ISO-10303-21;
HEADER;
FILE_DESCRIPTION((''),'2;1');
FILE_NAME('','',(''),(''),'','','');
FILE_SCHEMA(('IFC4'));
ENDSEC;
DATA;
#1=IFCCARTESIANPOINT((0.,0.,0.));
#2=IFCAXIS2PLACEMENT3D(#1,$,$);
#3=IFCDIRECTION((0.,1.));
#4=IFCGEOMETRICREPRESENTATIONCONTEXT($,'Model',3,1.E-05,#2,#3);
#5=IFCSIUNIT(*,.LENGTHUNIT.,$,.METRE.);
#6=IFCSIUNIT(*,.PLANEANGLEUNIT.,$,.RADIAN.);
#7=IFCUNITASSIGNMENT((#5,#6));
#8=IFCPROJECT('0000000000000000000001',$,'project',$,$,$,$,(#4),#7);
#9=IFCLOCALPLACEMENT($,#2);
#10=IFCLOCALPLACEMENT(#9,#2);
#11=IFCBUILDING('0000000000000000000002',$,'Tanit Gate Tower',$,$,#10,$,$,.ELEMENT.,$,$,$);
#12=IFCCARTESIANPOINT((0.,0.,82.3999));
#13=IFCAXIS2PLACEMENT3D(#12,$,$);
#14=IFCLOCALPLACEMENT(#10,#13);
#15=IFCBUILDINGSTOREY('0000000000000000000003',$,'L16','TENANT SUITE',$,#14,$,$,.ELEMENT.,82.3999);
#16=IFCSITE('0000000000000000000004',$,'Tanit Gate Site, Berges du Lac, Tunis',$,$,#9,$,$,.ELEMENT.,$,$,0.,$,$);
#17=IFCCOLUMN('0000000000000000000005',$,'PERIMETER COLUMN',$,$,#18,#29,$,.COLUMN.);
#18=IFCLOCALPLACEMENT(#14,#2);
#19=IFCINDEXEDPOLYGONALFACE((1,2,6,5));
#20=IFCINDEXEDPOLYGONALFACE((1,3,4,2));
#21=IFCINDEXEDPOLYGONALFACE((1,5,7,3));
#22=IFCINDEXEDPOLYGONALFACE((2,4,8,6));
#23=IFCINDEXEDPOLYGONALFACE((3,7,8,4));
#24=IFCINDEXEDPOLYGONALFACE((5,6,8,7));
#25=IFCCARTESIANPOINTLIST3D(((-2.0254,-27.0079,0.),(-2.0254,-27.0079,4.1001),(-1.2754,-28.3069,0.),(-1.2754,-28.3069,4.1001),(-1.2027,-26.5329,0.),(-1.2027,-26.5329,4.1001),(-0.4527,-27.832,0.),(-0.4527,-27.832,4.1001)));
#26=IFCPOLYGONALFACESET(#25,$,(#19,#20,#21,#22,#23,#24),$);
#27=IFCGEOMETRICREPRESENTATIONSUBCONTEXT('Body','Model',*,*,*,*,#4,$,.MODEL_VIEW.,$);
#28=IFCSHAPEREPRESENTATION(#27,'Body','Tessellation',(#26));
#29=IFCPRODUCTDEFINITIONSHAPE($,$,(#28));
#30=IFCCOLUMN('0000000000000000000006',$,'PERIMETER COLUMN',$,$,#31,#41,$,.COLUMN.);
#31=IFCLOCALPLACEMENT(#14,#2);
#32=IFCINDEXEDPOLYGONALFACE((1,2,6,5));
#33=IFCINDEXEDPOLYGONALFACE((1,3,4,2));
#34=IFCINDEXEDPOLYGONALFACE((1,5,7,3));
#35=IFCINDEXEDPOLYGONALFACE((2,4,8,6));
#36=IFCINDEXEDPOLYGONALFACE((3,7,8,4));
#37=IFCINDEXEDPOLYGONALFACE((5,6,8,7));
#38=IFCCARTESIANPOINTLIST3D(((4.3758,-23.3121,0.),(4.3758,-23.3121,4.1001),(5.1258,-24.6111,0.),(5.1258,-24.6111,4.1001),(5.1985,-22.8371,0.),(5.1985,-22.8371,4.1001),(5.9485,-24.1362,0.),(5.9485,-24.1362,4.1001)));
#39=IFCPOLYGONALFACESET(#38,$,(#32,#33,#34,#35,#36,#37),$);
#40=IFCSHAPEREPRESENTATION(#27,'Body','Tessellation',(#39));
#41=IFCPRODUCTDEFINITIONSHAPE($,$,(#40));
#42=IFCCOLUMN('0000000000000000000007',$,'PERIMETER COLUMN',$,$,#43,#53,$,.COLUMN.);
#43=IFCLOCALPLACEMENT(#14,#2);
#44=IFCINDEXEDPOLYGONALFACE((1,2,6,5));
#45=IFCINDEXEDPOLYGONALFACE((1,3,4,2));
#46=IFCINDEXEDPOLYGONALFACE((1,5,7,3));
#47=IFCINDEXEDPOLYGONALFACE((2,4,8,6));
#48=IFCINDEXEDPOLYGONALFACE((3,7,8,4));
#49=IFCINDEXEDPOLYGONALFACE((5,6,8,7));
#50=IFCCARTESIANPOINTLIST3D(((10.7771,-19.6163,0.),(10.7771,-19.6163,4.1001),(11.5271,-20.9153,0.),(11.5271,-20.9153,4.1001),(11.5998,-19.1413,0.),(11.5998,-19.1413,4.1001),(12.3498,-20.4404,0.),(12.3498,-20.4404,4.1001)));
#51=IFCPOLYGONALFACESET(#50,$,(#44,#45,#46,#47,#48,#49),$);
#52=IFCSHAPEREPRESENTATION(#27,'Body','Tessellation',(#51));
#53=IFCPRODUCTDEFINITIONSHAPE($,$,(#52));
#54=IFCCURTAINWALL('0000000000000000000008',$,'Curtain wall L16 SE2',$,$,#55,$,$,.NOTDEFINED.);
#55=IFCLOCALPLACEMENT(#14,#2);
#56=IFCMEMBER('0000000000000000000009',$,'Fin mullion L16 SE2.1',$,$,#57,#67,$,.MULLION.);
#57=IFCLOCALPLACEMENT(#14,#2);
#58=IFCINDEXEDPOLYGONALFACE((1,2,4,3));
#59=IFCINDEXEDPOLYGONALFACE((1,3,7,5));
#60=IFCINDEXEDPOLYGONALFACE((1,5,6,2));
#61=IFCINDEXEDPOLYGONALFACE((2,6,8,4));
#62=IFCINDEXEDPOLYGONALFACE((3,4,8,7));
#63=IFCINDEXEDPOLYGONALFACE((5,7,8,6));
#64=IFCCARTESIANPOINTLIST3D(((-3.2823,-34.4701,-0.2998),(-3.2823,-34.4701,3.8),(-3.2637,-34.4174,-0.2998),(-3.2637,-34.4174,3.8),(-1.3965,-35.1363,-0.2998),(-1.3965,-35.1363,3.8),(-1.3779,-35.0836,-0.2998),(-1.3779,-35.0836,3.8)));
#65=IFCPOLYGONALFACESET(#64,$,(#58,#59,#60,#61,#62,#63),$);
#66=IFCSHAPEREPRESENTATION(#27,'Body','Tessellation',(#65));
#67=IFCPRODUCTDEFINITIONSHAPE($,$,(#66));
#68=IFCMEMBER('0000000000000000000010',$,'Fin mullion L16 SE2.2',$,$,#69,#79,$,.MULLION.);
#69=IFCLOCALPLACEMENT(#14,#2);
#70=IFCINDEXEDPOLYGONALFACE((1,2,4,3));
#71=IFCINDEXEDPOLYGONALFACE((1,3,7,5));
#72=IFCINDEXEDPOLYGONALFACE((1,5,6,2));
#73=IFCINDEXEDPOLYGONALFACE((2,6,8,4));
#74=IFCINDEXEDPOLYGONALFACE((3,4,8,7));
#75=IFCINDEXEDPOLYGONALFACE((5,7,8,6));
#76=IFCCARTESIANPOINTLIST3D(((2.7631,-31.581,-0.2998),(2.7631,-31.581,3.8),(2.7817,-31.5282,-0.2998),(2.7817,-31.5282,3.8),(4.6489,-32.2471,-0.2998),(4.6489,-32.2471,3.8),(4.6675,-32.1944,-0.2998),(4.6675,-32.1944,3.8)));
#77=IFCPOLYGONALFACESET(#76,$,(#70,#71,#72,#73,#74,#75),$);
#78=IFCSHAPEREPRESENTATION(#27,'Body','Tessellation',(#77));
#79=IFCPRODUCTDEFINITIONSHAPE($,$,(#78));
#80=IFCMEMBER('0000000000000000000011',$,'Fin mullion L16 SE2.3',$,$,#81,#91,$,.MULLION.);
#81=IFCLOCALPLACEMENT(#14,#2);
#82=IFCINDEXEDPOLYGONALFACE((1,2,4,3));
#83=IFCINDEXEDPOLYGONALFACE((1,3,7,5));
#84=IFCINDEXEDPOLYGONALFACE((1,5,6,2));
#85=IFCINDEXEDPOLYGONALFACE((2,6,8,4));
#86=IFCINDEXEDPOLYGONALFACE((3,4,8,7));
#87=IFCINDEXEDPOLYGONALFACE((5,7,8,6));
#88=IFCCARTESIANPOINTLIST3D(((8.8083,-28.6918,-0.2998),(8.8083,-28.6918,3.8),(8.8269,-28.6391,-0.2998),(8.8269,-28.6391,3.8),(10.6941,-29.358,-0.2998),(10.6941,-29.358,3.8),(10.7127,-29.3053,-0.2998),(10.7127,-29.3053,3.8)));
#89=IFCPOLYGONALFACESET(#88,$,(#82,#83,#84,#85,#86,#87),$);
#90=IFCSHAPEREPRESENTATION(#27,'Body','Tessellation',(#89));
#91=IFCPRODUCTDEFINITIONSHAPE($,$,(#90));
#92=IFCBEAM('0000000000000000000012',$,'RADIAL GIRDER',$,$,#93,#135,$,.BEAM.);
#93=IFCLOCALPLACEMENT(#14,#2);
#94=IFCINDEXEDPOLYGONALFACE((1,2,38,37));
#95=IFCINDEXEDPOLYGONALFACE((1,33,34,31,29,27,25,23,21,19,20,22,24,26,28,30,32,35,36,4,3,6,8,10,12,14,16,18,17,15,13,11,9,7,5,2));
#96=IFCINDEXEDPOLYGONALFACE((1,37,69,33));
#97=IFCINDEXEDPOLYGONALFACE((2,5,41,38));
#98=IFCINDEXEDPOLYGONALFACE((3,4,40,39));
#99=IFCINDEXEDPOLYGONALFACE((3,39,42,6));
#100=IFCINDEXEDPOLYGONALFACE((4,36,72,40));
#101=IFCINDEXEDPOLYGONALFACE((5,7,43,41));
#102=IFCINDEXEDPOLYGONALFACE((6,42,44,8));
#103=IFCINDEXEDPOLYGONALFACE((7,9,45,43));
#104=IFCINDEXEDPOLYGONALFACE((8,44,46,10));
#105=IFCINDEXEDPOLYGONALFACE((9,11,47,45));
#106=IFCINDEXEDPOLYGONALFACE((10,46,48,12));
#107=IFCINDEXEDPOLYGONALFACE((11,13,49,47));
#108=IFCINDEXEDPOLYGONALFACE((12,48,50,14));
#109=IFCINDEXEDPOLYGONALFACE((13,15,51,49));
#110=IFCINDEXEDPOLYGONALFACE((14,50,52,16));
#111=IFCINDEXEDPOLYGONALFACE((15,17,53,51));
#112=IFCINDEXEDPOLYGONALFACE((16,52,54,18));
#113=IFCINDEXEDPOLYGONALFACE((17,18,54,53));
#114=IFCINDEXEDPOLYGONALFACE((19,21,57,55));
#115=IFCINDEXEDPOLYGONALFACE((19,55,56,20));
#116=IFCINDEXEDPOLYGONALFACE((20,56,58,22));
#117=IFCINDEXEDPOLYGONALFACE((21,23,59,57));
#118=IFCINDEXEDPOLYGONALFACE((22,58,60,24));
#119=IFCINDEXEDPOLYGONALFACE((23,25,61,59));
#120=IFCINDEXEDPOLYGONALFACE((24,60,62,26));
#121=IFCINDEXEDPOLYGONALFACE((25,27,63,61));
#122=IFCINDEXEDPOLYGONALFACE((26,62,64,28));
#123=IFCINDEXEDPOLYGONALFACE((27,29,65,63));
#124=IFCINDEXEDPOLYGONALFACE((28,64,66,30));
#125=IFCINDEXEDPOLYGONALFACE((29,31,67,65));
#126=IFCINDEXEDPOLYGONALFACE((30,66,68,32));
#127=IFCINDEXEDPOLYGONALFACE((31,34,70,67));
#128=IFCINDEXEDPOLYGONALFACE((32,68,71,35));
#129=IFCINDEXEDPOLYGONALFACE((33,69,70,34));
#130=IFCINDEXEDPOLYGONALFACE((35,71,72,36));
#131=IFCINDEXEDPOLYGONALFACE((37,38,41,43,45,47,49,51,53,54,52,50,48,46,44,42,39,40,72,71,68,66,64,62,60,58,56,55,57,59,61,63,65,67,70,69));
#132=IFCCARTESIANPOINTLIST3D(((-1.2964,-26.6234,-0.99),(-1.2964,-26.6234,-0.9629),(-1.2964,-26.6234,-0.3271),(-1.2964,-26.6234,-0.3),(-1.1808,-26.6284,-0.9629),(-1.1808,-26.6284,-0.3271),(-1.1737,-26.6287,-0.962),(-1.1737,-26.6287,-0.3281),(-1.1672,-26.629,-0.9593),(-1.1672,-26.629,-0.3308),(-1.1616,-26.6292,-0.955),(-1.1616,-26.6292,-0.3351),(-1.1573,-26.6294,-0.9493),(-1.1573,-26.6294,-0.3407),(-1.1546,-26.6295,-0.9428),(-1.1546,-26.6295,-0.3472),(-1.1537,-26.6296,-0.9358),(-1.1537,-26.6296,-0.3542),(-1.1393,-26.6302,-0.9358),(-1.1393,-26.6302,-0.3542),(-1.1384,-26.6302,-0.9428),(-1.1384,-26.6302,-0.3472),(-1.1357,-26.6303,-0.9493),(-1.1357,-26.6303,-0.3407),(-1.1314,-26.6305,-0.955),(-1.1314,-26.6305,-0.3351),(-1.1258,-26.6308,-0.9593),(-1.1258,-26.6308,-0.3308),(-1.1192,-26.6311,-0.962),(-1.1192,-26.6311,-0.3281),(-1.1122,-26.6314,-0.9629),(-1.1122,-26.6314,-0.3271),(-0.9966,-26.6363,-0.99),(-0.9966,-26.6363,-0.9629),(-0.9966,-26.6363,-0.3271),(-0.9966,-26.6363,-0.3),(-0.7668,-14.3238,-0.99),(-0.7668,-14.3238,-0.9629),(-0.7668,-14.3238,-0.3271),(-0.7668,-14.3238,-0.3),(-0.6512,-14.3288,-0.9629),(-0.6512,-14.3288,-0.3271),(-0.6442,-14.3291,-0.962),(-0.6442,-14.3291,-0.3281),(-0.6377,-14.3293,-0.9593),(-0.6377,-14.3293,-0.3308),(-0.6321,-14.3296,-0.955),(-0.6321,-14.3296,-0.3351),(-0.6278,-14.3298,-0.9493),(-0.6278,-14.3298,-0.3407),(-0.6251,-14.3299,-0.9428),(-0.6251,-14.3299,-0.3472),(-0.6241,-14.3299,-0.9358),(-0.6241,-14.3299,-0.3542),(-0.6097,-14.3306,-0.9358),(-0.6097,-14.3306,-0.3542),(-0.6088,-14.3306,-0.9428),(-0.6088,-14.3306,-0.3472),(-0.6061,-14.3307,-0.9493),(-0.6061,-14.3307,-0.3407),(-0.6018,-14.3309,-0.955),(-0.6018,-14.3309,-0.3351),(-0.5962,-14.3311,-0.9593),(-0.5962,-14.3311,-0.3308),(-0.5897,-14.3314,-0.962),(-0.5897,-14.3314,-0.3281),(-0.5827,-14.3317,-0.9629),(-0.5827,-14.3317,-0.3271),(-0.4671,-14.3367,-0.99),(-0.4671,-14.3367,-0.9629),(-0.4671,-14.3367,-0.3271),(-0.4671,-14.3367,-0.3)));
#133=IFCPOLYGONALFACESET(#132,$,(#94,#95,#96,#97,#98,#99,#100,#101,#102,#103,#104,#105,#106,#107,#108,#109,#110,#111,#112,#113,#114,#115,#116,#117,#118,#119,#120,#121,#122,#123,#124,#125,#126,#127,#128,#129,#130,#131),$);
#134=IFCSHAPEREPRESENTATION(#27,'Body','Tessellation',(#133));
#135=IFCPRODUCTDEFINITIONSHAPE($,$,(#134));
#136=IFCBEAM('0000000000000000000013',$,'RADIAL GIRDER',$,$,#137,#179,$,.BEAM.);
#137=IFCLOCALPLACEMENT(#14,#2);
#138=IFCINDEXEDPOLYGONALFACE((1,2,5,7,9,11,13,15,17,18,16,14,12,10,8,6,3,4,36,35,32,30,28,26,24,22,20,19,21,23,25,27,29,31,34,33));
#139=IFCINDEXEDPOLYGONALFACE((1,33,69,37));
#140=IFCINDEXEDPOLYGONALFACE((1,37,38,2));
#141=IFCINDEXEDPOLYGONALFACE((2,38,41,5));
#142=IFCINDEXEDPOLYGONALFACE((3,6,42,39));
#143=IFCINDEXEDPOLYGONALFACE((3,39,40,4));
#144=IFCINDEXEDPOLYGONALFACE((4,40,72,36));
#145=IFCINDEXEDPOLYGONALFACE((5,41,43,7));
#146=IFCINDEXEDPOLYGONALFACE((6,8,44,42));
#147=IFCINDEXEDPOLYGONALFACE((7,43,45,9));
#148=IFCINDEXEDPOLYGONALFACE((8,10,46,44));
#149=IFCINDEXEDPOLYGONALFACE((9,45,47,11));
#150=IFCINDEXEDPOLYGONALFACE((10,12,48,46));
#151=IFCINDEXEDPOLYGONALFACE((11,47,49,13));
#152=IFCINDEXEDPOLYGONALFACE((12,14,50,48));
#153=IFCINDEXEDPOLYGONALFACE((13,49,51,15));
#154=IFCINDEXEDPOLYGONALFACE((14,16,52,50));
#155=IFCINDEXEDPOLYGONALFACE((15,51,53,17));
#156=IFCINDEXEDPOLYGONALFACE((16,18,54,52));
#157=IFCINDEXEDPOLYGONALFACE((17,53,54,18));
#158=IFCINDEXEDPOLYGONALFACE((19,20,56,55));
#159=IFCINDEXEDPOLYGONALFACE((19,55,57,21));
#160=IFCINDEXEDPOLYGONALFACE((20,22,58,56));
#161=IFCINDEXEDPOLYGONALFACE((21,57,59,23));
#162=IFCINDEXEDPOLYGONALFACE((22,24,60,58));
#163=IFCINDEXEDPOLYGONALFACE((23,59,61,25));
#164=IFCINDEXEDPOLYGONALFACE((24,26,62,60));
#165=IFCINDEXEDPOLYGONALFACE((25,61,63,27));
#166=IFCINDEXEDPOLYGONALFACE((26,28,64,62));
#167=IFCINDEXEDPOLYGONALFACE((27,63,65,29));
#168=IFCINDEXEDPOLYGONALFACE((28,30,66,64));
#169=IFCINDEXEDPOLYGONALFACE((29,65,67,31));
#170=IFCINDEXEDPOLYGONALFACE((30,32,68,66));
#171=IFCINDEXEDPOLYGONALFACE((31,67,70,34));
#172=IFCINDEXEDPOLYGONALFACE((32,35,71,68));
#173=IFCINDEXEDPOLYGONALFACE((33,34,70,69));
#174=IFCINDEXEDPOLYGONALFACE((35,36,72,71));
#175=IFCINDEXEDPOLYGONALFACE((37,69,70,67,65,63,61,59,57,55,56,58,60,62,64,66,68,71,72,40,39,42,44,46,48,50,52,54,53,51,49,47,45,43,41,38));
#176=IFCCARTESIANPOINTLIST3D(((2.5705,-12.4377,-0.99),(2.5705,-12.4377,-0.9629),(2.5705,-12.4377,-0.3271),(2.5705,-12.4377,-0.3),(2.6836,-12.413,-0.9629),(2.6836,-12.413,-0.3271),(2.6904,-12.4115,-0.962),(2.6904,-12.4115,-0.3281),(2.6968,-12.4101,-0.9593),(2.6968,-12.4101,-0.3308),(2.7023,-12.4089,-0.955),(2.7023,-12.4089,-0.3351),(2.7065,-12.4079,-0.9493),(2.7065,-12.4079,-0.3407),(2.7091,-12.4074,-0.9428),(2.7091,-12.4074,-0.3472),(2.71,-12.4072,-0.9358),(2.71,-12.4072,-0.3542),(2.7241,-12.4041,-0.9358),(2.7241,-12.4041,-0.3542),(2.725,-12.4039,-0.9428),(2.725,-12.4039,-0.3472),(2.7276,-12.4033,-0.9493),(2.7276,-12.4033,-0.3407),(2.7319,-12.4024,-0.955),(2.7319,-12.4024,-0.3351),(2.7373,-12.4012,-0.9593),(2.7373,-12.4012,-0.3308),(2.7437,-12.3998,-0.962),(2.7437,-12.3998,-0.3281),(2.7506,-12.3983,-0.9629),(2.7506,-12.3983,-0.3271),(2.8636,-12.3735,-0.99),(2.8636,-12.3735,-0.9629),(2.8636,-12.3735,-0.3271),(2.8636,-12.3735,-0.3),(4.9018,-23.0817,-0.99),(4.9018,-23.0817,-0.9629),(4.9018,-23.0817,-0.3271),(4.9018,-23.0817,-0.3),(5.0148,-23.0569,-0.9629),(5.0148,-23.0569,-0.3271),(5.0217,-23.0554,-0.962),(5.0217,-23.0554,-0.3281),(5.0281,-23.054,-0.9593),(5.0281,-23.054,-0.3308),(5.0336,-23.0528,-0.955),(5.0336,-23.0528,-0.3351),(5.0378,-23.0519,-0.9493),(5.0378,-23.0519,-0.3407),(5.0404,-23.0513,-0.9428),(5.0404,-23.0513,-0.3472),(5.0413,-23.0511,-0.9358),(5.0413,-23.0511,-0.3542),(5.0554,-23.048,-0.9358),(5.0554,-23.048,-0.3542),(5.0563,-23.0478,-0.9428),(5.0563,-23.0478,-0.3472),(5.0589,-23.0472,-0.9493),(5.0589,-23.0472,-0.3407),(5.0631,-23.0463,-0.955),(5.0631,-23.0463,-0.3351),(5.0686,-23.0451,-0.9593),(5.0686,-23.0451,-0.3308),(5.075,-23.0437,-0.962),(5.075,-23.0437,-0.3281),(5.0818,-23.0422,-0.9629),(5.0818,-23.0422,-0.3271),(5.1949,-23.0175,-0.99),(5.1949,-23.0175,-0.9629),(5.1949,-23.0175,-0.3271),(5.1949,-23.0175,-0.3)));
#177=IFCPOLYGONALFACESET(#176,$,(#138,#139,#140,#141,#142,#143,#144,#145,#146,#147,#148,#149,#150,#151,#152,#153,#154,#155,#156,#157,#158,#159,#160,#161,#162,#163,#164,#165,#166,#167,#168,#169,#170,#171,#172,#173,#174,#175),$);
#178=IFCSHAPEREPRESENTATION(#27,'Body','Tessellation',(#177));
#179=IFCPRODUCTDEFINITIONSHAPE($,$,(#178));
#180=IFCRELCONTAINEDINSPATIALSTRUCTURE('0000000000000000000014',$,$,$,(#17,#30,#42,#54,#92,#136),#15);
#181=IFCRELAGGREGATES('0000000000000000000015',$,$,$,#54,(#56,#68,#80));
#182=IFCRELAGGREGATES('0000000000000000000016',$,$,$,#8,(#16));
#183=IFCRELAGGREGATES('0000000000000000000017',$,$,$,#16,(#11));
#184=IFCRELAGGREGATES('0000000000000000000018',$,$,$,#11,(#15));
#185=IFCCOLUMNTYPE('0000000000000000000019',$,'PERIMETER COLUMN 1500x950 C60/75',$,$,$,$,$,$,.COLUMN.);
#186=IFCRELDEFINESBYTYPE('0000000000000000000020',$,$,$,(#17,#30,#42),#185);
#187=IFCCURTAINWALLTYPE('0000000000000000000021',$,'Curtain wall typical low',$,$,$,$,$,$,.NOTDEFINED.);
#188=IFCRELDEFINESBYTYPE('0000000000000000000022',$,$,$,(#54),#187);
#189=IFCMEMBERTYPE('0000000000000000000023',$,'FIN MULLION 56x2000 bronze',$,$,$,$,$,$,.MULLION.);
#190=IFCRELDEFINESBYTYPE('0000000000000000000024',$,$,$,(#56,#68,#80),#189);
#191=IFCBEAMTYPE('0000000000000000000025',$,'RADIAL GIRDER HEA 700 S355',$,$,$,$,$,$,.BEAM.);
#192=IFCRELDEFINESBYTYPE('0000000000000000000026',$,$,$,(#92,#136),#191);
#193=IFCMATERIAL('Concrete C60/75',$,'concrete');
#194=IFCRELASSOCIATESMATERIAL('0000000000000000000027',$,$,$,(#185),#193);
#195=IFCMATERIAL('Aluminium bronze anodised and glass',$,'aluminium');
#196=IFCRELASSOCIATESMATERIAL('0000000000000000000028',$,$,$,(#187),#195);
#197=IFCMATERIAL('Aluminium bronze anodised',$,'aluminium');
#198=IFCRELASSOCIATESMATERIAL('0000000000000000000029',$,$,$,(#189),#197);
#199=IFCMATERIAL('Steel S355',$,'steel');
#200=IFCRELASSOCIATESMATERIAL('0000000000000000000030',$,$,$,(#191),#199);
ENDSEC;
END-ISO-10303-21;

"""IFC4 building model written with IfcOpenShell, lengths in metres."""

from ifc_helpers import new_model, si_unit, direction, frame, origin, origin_2d, place, context, subcontext, project, spatial, rectangle, i_section, extrude, material, material_profile, profile_set, type_object, element, aggregate, save


model = new_model("IFC4")

# Units and contexts
model_context = context("Model", 3, precision=1e-05, world=origin(), true_north=direction((0.0, 1.0)))
body_context = subcontext(model_context, "Body", "Model", "MODEL_VIEW")
ifc_project = project(units=[si_unit("LENGTHUNIT", "METRE"), si_unit("PLANEANGLEUNIT", "RADIAN")], contexts=[model_context])

# Site, building, storey
site_placement = place(None, origin())
site = spatial("IfcSite", under=ifc_project, at=site_placement, Name="Tanit Gate Site, Berges du Lac, Tunis", CompositionType="ELEMENT", RefElevation=0.0)
building_placement = place(site_placement, origin())
building = spatial("IfcBuilding", under=site, at=building_placement, Name="Tanit Gate Tower", CompositionType="ELEMENT")
storey_placement = place(building_placement, frame((0.0, 0.0, 82.3999)))
storey = spatial("IfcBuildingStorey", under=building, at=storey_placement, Name="L16", Description="TENANT SUITE", CompositionType="ELEMENT", Elevation=82.3999)

# Columns
ifc_material_1 = material(Name="Concrete C60/75", Category="concrete")
ifc_material_profile_1 = material_profile(ifc_material_1, rectangle(XDim=1.5, YDim=0.95, at=origin_2d()), Name="RC 1500x950")
ifc_profile_set_1 = profile_set([ifc_material_profile_1], Name="Concrete C60/75")
column_type = type_object("IfcColumnType", Name="PERIMETER COLUMN 1500x950 C60/75", PredefinedType="COLUMN", material=ifc_profile_set_1)
for number, where, z_axis, x_axis, name in (
    (1, (-1.239, -27.4199, 0.0), (0.0, 0.0, 1.0), (0.5, -0.866025, 0.0), "PERIMETER COLUMN"),
    (2, (5.1621, -23.7241, 0.0), (0.0, 0.0, 1.0), (0.5, -0.866025, 0.0), "PERIMETER COLUMN"),
    (3, (11.5635, -20.0283, 0.0), (0.0, 0.0, 1.0), (0.5, -0.866025, 0.0), "PERIMETER COLUMN"),
):
    element("IfcColumn", number, at=place(storey_placement, frame(where, z_axis=z_axis, x_axis=x_axis)), inside=storey, type_object=column_type, Name=name, PredefinedType="COLUMN", context=body_context, shape_type="SweptSolid", body=[
        extrude(rectangle(XDim=1.5, YDim=0.95, at=origin_2d()), origin(), (0.0, 0.0, 1.0), 4.1001),
    ])

# Curtain wall, members
ifc_material_2 = material(Name="Aluminium bronze anodised and glass", Category="aluminium")
curtain_wall_type = type_object("IfcCurtainWallType", Name="Curtain wall typical low", PredefinedType="NOTDEFINED", material=ifc_material_2)
curtain_wall_placement = place(storey_placement, origin())
curtain_wall = element("IfcCurtainWall", 4, at=curtain_wall_placement, inside=storey, type_object=curtain_wall_type, Name="Curtain wall L16 SE2", PredefinedType="NOTDEFINED")
ifc_material_3 = material(Name="Aluminium bronze anodised", Category="aluminium")
ifc_material_profile_2 = material_profile(ifc_material_3, rectangle(XDim=2.0, YDim=0.0559, at=origin_2d()), Name="56x2000 bronze fin mullion")
ifc_profile_set_2 = profile_set([ifc_material_profile_2], Name="Aluminium bronze anodised")
member_type_1 = type_object("IfcMemberType", Name="FIN MULLION 56x2000 bronze", PredefinedType="MULLION", material=ifc_profile_set_2)
member_1_placement = place(storey_placement, frame((-2.3301, -34.7769, -0.2998), z_axis=(0.0, 0.0, 1.0), x_axis=(-0.942895, 0.33309, 0.0)))
member_1 = element("IfcMember", 5, at=member_1_placement, type_object=member_type_1, Name="Fin mullion L16 SE2.1", PredefinedType="MULLION", context=body_context, shape_type="SweptSolid", body=[
    extrude(rectangle(XDim=2.0, YDim=0.0559, at=origin_2d()), origin(), (0.0, 0.0, 1.0), 4.0999),
])
member_2_placement = place(storey_placement, frame((3.7153, -31.8877, -0.2998), z_axis=(0.0, 0.0, 1.0), x_axis=(-0.942895, 0.33309, 0.0)))
member_2 = element("IfcMember", 6, at=member_2_placement, type_object=member_type_1, Name="Fin mullion L16 SE2.2", PredefinedType="MULLION", context=body_context, shape_type="SweptSolid", body=[
    extrude(rectangle(XDim=2.0, YDim=0.0559, at=origin_2d()), origin(), (0.0, 0.0, 1.0), 4.0999),
])
member_3_placement = place(storey_placement, frame((9.7605, -28.9985, -0.2998), z_axis=(0.0, 0.0, 1.0), x_axis=(-0.942895, 0.33309, 0.0)))
member_3 = element("IfcMember", 7, at=member_3_placement, type_object=member_type_1, Name="Fin mullion L16 SE2.3", PredefinedType="MULLION", context=body_context, shape_type="SweptSolid", body=[
    extrude(rectangle(XDim=2.0, YDim=0.0559, at=origin_2d()), origin(), (0.0, 0.0, 1.0), 4.0999),
])

# Beams
ifc_material_4 = material(Name="Steel S355", Category="steel")
ifc_material_profile_3 = material_profile(ifc_material_4, i_section(OverallWidth=0.3, OverallDepth=0.6899, WebThickness=0.0144, FlangeThickness=0.0271, FilletRadius=0.0271, at=origin_2d()), Name="HEA 700")
ifc_profile_set_3 = profile_set([ifc_material_profile_3], Name="Steel S355")
beam_type = type_object("IfcBeamType", Name="RADIAL GIRDER HEA 700 S355", PredefinedType="BEAM", material=ifc_profile_set_3)
beam_1_placement = place(storey_placement, frame((-1.1465, -26.6299, -0.645), z_axis=(0.043014, 0.999074, 0.0), x_axis=(-0.999074, 0.043014, 0.0)))
element("IfcBeam", 8, at=beam_1_placement, inside=storey, type_object=beam_type, Name="RADIAL GIRDER", PredefinedType="BEAM", context=body_context, shape_type="SweptSolid", body=[
    extrude(i_section(OverallWidth=0.3, OverallDepth=0.6899, WebThickness=0.0144, FlangeThickness=0.0271, FilletRadius=0.0271, at=origin_2d()), origin(), (0.0, 0.0, 1.0), 12.311),
])
beam_2_placement = place(storey_placement, frame((5.0483, -23.0496, -0.645), z_axis=(-0.213952, 0.976844, 0.0), x_axis=(-0.976844, -0.213952, 0.0)))
element("IfcBeam", 9, at=beam_2_placement, inside=storey, type_object=beam_type, Name="RADIAL GIRDER", PredefinedType="BEAM", context=body_context, shape_type="SweptSolid", body=[
    extrude(i_section(OverallWidth=0.3, OverallDepth=0.6899, WebThickness=0.0144, FlangeThickness=0.0271, FilletRadius=0.0271, at=origin_2d()), origin(), (0.0, 0.0, 1.0), 10.8962),
])

aggregate(curtain_wall, [member_1, member_2, member_3])

save(model, "model.ifc")
